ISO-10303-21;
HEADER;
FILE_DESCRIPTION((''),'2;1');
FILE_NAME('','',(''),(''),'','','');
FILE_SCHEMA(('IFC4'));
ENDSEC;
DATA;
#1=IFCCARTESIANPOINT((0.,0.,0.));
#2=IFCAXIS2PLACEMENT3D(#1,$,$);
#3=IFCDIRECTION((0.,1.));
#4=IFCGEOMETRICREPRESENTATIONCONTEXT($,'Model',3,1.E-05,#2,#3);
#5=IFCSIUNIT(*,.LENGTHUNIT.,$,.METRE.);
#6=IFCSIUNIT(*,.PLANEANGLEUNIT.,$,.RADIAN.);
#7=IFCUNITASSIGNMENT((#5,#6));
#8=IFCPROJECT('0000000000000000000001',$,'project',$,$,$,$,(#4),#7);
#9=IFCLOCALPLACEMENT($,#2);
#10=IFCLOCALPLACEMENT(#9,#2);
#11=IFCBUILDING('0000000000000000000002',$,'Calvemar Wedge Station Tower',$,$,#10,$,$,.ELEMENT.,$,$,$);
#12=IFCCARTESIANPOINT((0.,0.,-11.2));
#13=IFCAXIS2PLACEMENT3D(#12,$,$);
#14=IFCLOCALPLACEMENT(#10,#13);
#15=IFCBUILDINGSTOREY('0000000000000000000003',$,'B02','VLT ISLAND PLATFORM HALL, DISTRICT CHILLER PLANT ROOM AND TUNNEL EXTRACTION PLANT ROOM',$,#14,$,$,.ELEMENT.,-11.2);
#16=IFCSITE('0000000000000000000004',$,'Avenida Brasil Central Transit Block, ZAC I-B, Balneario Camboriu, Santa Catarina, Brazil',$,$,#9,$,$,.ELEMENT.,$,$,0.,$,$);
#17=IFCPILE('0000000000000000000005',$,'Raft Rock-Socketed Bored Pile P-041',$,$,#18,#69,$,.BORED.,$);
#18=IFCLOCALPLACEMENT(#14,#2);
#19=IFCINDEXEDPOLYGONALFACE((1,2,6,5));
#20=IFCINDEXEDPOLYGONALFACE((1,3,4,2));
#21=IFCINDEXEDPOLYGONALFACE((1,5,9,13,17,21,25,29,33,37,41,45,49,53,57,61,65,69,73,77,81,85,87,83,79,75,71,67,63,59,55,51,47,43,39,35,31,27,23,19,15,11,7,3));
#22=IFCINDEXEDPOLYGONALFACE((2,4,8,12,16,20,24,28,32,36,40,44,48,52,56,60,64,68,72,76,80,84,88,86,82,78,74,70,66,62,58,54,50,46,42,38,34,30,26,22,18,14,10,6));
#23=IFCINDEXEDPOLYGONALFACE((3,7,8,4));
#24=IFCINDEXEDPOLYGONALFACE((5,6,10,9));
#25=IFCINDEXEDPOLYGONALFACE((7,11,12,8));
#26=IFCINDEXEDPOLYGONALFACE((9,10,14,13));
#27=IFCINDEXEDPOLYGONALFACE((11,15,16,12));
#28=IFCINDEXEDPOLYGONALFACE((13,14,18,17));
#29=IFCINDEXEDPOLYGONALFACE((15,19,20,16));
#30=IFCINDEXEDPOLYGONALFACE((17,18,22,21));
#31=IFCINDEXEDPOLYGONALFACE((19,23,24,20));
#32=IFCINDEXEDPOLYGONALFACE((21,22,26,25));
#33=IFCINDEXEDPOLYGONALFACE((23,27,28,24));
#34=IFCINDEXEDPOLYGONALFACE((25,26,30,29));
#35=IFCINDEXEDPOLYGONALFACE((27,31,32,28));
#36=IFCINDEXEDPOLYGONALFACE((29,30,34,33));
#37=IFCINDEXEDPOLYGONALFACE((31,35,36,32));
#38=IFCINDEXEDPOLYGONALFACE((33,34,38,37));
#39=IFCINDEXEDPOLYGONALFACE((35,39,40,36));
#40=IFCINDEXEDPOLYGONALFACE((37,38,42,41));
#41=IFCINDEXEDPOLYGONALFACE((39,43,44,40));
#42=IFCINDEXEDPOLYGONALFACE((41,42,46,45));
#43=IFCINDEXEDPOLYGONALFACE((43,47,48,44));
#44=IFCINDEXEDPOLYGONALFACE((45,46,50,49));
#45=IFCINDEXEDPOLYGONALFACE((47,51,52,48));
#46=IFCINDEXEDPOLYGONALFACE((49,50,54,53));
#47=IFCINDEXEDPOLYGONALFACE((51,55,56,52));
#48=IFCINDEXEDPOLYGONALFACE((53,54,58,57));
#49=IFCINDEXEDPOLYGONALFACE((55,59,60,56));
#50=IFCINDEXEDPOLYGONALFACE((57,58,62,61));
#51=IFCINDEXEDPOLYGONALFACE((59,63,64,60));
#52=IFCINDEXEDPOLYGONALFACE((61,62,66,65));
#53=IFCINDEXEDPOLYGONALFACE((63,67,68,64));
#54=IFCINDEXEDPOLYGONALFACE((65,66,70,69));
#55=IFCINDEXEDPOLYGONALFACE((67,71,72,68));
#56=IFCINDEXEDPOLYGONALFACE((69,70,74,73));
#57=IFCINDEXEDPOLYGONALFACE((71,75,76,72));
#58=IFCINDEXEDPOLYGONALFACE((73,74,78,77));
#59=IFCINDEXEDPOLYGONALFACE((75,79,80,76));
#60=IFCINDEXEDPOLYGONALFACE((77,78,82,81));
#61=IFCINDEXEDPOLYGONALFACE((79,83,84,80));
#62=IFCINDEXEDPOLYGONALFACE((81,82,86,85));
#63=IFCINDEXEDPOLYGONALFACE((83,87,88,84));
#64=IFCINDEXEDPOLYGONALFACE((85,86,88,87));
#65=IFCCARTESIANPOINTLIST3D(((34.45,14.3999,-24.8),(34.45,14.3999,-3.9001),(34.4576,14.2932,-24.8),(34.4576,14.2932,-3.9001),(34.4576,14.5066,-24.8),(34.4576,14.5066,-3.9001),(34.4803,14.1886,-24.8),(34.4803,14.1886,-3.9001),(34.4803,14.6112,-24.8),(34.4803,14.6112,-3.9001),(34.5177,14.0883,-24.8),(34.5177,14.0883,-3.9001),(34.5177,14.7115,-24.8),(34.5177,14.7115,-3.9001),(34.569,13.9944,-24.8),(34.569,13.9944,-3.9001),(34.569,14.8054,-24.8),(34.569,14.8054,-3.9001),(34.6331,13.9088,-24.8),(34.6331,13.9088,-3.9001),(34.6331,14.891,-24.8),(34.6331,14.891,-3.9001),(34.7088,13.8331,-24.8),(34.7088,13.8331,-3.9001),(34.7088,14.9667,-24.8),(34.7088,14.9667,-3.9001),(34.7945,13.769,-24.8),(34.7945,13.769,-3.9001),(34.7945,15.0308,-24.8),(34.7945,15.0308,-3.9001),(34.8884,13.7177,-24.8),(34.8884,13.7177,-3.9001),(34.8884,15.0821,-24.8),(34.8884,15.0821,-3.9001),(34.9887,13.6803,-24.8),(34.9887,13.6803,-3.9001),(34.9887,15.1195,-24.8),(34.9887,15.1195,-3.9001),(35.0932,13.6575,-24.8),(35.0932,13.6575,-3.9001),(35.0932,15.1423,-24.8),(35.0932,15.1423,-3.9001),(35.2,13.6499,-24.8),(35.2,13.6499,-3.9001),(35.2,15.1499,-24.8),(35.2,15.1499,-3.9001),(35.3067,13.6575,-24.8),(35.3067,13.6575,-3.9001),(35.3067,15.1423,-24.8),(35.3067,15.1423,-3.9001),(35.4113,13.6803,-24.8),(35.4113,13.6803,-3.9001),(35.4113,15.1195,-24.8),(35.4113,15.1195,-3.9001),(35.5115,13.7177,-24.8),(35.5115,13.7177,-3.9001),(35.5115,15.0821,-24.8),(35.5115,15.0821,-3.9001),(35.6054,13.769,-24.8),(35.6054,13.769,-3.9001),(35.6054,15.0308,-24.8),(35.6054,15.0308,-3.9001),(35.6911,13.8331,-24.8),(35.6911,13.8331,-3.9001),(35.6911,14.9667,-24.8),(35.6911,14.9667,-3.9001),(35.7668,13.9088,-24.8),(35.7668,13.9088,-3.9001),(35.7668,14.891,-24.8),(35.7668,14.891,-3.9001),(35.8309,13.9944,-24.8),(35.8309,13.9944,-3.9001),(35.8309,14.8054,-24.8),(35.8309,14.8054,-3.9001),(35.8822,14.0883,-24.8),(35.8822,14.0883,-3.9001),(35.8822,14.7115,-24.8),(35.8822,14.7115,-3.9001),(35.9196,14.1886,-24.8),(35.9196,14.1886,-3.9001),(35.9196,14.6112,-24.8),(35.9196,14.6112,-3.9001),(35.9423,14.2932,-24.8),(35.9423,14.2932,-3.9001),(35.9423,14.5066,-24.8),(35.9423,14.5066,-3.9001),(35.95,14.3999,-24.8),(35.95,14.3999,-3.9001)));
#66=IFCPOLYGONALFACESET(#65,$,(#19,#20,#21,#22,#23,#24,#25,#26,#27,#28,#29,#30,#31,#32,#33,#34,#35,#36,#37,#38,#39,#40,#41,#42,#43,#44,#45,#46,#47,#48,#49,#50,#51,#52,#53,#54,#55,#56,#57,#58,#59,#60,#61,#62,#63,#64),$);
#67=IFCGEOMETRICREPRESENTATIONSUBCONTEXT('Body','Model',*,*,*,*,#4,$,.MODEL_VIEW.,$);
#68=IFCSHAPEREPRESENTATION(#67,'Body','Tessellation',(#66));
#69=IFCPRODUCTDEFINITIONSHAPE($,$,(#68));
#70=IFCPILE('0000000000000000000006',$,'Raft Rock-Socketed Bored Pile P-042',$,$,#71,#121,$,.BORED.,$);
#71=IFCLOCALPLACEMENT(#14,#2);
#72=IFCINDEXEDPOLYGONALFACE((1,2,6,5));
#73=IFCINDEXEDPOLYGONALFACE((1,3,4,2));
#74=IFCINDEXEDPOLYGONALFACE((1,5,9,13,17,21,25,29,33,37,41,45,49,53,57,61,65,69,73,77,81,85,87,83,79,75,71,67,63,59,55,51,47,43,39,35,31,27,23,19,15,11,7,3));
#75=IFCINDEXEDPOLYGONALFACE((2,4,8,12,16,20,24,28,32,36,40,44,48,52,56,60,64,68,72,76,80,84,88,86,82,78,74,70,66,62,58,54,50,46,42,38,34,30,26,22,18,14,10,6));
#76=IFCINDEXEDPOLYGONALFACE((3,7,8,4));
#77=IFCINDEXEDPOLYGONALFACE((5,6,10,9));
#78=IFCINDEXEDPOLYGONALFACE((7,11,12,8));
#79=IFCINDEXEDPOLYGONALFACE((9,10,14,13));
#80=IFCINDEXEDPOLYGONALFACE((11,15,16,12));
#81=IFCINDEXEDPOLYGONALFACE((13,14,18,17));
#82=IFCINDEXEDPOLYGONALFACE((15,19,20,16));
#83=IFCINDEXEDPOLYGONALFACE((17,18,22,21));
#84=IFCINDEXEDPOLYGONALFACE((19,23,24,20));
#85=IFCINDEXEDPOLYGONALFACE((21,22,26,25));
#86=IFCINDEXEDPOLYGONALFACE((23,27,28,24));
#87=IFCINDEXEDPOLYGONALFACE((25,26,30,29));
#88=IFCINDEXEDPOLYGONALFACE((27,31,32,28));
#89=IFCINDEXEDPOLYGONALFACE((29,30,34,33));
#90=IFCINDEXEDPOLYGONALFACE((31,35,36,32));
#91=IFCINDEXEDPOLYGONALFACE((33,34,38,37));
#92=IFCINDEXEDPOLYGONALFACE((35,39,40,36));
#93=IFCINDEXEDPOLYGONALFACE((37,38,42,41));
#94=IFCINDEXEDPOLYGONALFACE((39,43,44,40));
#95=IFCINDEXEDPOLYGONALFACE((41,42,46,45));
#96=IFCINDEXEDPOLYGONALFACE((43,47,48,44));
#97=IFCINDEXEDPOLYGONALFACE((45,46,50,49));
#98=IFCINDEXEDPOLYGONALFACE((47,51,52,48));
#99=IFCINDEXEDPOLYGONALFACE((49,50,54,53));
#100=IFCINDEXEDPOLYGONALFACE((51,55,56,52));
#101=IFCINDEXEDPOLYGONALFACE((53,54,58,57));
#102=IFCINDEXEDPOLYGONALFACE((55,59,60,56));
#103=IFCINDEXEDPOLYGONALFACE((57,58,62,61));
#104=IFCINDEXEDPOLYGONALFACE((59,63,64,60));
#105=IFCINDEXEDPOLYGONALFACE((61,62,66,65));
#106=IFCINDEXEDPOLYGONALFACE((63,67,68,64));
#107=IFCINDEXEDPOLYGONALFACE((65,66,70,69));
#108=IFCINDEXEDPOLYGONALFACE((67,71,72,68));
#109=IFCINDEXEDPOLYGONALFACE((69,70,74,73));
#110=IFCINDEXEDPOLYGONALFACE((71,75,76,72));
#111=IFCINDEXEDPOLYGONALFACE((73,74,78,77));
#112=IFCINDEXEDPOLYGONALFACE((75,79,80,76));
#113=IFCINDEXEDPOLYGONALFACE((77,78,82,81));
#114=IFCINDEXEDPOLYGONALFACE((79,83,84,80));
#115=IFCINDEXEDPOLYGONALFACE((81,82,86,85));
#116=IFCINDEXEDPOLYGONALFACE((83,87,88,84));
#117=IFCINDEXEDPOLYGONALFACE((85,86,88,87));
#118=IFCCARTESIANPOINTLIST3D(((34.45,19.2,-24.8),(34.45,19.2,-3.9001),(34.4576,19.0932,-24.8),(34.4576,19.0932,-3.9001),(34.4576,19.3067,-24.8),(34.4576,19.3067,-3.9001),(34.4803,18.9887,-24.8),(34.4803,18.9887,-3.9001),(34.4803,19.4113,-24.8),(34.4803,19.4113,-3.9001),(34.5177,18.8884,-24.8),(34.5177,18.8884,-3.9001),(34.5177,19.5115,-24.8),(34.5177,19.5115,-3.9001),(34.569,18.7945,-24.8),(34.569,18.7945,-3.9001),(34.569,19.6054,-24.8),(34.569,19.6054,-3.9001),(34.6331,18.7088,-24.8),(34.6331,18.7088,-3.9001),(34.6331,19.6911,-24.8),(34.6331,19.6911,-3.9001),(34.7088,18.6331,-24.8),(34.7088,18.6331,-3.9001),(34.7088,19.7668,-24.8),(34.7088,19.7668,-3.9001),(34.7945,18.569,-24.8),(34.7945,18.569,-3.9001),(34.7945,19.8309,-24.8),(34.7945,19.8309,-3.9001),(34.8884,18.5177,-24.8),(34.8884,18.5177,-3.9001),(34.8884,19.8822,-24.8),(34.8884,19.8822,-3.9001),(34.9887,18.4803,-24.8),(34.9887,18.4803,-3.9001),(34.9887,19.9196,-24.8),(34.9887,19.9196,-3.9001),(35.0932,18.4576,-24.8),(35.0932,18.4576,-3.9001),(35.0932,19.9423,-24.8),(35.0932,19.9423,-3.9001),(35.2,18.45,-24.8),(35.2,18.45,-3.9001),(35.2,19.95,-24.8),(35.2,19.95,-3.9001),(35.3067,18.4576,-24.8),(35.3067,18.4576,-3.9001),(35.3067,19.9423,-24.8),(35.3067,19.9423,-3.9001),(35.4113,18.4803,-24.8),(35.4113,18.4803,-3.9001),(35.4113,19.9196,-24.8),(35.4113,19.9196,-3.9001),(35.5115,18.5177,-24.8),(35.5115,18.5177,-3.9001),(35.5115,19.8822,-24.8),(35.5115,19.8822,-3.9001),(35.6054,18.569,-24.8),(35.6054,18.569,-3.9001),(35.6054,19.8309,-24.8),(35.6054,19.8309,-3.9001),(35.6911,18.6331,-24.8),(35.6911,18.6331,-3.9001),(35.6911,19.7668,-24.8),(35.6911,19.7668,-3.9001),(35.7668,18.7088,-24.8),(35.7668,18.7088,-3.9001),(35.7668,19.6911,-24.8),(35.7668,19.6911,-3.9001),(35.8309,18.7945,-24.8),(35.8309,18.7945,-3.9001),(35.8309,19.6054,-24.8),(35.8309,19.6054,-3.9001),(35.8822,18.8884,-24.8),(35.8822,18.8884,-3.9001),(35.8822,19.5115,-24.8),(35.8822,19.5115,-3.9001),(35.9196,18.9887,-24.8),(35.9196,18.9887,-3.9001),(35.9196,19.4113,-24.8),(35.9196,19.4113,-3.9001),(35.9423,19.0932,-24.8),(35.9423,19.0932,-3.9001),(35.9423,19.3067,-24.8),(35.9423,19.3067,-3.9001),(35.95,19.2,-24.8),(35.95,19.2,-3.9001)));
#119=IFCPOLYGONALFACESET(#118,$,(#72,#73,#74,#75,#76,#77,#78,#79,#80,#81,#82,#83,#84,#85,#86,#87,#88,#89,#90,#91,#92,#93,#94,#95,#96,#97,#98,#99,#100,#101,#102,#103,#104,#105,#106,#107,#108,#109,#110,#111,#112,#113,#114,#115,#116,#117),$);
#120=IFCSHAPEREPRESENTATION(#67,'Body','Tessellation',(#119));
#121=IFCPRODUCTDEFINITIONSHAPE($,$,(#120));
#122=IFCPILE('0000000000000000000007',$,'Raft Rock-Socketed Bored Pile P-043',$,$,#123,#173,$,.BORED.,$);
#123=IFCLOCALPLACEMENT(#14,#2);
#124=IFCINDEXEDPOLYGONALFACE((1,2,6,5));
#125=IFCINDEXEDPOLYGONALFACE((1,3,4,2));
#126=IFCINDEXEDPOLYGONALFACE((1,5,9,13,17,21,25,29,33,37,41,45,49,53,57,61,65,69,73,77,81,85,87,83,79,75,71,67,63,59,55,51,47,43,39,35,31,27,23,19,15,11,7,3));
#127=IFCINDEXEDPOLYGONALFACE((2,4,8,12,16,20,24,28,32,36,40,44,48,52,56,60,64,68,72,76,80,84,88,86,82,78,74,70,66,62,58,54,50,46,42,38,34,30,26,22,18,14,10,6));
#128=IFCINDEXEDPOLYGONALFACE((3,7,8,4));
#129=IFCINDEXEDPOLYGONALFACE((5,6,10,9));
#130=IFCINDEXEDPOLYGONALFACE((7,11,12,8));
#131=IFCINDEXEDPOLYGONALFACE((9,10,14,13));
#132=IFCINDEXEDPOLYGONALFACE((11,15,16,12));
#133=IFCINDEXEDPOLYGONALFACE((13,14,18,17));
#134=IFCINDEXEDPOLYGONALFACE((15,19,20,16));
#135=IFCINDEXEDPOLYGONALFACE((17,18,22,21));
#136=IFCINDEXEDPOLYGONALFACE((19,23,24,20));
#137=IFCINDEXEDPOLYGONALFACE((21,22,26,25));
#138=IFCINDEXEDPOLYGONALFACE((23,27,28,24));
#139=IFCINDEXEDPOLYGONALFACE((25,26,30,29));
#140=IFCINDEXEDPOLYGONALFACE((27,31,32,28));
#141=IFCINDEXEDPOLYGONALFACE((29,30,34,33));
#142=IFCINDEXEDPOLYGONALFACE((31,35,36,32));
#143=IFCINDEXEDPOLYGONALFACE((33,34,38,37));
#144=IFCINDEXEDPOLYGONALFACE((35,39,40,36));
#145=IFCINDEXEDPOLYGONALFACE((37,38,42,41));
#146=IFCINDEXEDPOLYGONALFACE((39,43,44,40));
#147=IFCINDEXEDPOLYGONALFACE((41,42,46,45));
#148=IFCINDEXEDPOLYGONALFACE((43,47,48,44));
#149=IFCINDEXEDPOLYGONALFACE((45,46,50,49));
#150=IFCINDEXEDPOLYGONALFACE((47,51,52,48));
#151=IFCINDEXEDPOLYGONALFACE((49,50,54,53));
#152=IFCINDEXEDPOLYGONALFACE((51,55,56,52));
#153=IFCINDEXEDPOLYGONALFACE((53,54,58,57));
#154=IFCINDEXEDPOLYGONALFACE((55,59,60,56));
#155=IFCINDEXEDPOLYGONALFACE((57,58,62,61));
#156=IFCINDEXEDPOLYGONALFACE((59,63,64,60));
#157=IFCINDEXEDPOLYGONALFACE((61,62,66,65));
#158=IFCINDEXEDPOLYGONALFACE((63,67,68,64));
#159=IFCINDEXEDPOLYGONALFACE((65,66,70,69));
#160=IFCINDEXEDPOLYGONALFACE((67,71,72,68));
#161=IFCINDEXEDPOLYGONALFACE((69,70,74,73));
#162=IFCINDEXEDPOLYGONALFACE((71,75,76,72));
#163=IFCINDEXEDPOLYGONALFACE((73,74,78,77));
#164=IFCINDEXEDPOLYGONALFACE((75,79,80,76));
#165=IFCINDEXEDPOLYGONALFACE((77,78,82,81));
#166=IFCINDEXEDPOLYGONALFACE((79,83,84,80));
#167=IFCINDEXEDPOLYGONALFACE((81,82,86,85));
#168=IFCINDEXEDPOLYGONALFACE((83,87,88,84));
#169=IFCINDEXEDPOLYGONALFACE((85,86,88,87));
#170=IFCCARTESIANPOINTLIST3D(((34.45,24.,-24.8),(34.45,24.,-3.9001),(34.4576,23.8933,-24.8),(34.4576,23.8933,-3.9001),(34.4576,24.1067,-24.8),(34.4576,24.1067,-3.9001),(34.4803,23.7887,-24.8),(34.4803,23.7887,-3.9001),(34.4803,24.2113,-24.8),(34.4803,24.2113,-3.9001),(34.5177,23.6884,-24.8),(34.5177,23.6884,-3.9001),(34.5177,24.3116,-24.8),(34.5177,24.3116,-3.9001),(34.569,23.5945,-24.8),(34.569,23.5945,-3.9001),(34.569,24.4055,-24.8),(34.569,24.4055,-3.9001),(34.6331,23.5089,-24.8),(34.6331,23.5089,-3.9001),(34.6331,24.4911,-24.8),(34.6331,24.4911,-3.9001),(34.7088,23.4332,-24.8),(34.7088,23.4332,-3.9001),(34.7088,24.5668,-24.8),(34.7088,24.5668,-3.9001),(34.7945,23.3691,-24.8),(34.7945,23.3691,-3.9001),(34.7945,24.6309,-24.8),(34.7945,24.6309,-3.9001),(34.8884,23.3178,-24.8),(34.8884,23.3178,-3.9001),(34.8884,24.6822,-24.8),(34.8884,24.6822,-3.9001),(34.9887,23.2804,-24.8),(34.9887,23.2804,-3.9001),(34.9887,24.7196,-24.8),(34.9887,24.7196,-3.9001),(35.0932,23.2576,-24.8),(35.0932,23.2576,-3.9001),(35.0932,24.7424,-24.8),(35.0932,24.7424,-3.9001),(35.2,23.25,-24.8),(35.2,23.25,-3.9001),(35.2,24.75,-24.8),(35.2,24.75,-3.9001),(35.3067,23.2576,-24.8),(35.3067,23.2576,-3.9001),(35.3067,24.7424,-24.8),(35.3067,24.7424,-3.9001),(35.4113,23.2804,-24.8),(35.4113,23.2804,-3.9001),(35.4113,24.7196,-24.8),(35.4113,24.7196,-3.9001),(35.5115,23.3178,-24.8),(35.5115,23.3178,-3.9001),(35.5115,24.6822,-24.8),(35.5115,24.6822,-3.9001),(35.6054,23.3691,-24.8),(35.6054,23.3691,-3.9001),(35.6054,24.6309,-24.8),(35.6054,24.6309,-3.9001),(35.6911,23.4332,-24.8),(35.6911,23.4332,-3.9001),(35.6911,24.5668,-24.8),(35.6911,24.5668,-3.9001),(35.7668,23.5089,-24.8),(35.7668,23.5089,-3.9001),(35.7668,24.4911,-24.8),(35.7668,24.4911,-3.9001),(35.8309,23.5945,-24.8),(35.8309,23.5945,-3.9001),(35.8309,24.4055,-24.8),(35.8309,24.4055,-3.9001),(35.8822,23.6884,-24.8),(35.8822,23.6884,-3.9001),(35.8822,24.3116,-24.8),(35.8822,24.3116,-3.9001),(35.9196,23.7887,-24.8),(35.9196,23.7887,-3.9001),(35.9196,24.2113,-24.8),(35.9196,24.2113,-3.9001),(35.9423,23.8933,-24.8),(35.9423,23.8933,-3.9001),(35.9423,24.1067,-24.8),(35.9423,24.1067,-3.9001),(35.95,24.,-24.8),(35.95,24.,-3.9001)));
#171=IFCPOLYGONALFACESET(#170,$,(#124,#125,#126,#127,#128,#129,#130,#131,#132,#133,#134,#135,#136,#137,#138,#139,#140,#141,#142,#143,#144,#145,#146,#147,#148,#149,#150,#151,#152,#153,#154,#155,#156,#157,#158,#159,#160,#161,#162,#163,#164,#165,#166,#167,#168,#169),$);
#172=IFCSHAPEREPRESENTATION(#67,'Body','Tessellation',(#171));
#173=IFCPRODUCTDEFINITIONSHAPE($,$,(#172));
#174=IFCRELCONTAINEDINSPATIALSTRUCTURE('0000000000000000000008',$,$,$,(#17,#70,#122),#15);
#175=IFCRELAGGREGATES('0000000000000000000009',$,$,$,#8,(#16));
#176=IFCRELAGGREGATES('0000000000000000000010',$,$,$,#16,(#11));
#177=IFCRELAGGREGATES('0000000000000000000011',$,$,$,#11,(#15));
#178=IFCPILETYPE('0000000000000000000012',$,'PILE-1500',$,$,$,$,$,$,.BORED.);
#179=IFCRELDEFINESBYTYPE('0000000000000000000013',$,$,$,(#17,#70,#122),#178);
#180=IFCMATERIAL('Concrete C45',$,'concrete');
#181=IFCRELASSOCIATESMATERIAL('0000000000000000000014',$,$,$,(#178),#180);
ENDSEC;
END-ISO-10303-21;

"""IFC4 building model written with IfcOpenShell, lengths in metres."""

from ifc_helpers import new_model, si_unit, direction, frame, origin, origin_2d, place, context, subcontext, project, spatial, circle, extrude, material, material_profile, profile_set, type_object, element, save


model = new_model("IFC4")

# Units and contexts
model_context = context("Model", 3, precision=1e-05, world=origin(), true_north=direction((0.0, 1.0)))
body_context = subcontext(model_context, "Body", "Model", "MODEL_VIEW")
ifc_project = project(units=[si_unit("LENGTHUNIT", "METRE"), si_unit("PLANEANGLEUNIT", "RADIAN")], contexts=[model_context])

# Site, building, storey
site_placement = place(None, origin())
site = spatial("IfcSite", under=ifc_project, at=site_placement, Name="Avenida Brasil Central Transit Block, ZAC I-B, Balneario Camboriu, Santa Catarina, Brazil", CompositionType="ELEMENT", RefElevation=0.0)
building_placement = place(site_placement, origin())
building = spatial("IfcBuilding", under=site, at=building_placement, Name="Calvemar Wedge Station Tower", CompositionType="ELEMENT")
storey_placement = place(building_placement, frame((0.0, 0.0, -11.2)))
storey = spatial("IfcBuildingStorey", under=building, at=storey_placement, Name="B02", Description="VLT ISLAND PLATFORM HALL, DISTRICT CHILLER PLANT ROOM AND TUNNEL EXTRACTION PLANT ROOM", CompositionType="ELEMENT", Elevation=-11.2)

# Piles
ifc_material_1 = material(Name="Concrete C45", Category="concrete")
ifc_material_profile_1 = material_profile(ifc_material_1, circle(Radius=0.75, at=origin_2d()), Name="PILE-D1500")
ifc_profile_set_1 = profile_set([ifc_material_profile_1], Name="Concrete C45")
pile_type = type_object("IfcPileType", Name="PILE-1500", PredefinedType="BORED", material=ifc_profile_set_1)
for number, where, z_axis, x_axis, name in (
    (1, (35.2, 14.3999, -3.9001), (0.0, 0.0, -1.0), (1.0, 0.0, 0.0), "Raft Rock-Socketed Bored Pile P-041"),
    (2, (35.2, 19.2, -3.9001), (0.0, 0.0, -1.0), (1.0, 0.0, 0.0), "Raft Rock-Socketed Bored Pile P-042"),
    (3, (35.2, 24.0, -3.9001), (0.0, 0.0, -1.0), (1.0, 0.0, 0.0), "Raft Rock-Socketed Bored Pile P-043"),
):
    element("IfcPile", number, at=place(storey_placement, frame(where, z_axis=z_axis, x_axis=x_axis)), inside=storey, type_object=pile_type, Name=name, PredefinedType="BORED", context=body_context, shape_type="SweptSolid", body=[
        extrude(circle(Radius=0.75, at=origin_2d()), origin(), (0.0, 0.0, 1.0), 20.8999),
    ])

save(model, "model.ifc")
